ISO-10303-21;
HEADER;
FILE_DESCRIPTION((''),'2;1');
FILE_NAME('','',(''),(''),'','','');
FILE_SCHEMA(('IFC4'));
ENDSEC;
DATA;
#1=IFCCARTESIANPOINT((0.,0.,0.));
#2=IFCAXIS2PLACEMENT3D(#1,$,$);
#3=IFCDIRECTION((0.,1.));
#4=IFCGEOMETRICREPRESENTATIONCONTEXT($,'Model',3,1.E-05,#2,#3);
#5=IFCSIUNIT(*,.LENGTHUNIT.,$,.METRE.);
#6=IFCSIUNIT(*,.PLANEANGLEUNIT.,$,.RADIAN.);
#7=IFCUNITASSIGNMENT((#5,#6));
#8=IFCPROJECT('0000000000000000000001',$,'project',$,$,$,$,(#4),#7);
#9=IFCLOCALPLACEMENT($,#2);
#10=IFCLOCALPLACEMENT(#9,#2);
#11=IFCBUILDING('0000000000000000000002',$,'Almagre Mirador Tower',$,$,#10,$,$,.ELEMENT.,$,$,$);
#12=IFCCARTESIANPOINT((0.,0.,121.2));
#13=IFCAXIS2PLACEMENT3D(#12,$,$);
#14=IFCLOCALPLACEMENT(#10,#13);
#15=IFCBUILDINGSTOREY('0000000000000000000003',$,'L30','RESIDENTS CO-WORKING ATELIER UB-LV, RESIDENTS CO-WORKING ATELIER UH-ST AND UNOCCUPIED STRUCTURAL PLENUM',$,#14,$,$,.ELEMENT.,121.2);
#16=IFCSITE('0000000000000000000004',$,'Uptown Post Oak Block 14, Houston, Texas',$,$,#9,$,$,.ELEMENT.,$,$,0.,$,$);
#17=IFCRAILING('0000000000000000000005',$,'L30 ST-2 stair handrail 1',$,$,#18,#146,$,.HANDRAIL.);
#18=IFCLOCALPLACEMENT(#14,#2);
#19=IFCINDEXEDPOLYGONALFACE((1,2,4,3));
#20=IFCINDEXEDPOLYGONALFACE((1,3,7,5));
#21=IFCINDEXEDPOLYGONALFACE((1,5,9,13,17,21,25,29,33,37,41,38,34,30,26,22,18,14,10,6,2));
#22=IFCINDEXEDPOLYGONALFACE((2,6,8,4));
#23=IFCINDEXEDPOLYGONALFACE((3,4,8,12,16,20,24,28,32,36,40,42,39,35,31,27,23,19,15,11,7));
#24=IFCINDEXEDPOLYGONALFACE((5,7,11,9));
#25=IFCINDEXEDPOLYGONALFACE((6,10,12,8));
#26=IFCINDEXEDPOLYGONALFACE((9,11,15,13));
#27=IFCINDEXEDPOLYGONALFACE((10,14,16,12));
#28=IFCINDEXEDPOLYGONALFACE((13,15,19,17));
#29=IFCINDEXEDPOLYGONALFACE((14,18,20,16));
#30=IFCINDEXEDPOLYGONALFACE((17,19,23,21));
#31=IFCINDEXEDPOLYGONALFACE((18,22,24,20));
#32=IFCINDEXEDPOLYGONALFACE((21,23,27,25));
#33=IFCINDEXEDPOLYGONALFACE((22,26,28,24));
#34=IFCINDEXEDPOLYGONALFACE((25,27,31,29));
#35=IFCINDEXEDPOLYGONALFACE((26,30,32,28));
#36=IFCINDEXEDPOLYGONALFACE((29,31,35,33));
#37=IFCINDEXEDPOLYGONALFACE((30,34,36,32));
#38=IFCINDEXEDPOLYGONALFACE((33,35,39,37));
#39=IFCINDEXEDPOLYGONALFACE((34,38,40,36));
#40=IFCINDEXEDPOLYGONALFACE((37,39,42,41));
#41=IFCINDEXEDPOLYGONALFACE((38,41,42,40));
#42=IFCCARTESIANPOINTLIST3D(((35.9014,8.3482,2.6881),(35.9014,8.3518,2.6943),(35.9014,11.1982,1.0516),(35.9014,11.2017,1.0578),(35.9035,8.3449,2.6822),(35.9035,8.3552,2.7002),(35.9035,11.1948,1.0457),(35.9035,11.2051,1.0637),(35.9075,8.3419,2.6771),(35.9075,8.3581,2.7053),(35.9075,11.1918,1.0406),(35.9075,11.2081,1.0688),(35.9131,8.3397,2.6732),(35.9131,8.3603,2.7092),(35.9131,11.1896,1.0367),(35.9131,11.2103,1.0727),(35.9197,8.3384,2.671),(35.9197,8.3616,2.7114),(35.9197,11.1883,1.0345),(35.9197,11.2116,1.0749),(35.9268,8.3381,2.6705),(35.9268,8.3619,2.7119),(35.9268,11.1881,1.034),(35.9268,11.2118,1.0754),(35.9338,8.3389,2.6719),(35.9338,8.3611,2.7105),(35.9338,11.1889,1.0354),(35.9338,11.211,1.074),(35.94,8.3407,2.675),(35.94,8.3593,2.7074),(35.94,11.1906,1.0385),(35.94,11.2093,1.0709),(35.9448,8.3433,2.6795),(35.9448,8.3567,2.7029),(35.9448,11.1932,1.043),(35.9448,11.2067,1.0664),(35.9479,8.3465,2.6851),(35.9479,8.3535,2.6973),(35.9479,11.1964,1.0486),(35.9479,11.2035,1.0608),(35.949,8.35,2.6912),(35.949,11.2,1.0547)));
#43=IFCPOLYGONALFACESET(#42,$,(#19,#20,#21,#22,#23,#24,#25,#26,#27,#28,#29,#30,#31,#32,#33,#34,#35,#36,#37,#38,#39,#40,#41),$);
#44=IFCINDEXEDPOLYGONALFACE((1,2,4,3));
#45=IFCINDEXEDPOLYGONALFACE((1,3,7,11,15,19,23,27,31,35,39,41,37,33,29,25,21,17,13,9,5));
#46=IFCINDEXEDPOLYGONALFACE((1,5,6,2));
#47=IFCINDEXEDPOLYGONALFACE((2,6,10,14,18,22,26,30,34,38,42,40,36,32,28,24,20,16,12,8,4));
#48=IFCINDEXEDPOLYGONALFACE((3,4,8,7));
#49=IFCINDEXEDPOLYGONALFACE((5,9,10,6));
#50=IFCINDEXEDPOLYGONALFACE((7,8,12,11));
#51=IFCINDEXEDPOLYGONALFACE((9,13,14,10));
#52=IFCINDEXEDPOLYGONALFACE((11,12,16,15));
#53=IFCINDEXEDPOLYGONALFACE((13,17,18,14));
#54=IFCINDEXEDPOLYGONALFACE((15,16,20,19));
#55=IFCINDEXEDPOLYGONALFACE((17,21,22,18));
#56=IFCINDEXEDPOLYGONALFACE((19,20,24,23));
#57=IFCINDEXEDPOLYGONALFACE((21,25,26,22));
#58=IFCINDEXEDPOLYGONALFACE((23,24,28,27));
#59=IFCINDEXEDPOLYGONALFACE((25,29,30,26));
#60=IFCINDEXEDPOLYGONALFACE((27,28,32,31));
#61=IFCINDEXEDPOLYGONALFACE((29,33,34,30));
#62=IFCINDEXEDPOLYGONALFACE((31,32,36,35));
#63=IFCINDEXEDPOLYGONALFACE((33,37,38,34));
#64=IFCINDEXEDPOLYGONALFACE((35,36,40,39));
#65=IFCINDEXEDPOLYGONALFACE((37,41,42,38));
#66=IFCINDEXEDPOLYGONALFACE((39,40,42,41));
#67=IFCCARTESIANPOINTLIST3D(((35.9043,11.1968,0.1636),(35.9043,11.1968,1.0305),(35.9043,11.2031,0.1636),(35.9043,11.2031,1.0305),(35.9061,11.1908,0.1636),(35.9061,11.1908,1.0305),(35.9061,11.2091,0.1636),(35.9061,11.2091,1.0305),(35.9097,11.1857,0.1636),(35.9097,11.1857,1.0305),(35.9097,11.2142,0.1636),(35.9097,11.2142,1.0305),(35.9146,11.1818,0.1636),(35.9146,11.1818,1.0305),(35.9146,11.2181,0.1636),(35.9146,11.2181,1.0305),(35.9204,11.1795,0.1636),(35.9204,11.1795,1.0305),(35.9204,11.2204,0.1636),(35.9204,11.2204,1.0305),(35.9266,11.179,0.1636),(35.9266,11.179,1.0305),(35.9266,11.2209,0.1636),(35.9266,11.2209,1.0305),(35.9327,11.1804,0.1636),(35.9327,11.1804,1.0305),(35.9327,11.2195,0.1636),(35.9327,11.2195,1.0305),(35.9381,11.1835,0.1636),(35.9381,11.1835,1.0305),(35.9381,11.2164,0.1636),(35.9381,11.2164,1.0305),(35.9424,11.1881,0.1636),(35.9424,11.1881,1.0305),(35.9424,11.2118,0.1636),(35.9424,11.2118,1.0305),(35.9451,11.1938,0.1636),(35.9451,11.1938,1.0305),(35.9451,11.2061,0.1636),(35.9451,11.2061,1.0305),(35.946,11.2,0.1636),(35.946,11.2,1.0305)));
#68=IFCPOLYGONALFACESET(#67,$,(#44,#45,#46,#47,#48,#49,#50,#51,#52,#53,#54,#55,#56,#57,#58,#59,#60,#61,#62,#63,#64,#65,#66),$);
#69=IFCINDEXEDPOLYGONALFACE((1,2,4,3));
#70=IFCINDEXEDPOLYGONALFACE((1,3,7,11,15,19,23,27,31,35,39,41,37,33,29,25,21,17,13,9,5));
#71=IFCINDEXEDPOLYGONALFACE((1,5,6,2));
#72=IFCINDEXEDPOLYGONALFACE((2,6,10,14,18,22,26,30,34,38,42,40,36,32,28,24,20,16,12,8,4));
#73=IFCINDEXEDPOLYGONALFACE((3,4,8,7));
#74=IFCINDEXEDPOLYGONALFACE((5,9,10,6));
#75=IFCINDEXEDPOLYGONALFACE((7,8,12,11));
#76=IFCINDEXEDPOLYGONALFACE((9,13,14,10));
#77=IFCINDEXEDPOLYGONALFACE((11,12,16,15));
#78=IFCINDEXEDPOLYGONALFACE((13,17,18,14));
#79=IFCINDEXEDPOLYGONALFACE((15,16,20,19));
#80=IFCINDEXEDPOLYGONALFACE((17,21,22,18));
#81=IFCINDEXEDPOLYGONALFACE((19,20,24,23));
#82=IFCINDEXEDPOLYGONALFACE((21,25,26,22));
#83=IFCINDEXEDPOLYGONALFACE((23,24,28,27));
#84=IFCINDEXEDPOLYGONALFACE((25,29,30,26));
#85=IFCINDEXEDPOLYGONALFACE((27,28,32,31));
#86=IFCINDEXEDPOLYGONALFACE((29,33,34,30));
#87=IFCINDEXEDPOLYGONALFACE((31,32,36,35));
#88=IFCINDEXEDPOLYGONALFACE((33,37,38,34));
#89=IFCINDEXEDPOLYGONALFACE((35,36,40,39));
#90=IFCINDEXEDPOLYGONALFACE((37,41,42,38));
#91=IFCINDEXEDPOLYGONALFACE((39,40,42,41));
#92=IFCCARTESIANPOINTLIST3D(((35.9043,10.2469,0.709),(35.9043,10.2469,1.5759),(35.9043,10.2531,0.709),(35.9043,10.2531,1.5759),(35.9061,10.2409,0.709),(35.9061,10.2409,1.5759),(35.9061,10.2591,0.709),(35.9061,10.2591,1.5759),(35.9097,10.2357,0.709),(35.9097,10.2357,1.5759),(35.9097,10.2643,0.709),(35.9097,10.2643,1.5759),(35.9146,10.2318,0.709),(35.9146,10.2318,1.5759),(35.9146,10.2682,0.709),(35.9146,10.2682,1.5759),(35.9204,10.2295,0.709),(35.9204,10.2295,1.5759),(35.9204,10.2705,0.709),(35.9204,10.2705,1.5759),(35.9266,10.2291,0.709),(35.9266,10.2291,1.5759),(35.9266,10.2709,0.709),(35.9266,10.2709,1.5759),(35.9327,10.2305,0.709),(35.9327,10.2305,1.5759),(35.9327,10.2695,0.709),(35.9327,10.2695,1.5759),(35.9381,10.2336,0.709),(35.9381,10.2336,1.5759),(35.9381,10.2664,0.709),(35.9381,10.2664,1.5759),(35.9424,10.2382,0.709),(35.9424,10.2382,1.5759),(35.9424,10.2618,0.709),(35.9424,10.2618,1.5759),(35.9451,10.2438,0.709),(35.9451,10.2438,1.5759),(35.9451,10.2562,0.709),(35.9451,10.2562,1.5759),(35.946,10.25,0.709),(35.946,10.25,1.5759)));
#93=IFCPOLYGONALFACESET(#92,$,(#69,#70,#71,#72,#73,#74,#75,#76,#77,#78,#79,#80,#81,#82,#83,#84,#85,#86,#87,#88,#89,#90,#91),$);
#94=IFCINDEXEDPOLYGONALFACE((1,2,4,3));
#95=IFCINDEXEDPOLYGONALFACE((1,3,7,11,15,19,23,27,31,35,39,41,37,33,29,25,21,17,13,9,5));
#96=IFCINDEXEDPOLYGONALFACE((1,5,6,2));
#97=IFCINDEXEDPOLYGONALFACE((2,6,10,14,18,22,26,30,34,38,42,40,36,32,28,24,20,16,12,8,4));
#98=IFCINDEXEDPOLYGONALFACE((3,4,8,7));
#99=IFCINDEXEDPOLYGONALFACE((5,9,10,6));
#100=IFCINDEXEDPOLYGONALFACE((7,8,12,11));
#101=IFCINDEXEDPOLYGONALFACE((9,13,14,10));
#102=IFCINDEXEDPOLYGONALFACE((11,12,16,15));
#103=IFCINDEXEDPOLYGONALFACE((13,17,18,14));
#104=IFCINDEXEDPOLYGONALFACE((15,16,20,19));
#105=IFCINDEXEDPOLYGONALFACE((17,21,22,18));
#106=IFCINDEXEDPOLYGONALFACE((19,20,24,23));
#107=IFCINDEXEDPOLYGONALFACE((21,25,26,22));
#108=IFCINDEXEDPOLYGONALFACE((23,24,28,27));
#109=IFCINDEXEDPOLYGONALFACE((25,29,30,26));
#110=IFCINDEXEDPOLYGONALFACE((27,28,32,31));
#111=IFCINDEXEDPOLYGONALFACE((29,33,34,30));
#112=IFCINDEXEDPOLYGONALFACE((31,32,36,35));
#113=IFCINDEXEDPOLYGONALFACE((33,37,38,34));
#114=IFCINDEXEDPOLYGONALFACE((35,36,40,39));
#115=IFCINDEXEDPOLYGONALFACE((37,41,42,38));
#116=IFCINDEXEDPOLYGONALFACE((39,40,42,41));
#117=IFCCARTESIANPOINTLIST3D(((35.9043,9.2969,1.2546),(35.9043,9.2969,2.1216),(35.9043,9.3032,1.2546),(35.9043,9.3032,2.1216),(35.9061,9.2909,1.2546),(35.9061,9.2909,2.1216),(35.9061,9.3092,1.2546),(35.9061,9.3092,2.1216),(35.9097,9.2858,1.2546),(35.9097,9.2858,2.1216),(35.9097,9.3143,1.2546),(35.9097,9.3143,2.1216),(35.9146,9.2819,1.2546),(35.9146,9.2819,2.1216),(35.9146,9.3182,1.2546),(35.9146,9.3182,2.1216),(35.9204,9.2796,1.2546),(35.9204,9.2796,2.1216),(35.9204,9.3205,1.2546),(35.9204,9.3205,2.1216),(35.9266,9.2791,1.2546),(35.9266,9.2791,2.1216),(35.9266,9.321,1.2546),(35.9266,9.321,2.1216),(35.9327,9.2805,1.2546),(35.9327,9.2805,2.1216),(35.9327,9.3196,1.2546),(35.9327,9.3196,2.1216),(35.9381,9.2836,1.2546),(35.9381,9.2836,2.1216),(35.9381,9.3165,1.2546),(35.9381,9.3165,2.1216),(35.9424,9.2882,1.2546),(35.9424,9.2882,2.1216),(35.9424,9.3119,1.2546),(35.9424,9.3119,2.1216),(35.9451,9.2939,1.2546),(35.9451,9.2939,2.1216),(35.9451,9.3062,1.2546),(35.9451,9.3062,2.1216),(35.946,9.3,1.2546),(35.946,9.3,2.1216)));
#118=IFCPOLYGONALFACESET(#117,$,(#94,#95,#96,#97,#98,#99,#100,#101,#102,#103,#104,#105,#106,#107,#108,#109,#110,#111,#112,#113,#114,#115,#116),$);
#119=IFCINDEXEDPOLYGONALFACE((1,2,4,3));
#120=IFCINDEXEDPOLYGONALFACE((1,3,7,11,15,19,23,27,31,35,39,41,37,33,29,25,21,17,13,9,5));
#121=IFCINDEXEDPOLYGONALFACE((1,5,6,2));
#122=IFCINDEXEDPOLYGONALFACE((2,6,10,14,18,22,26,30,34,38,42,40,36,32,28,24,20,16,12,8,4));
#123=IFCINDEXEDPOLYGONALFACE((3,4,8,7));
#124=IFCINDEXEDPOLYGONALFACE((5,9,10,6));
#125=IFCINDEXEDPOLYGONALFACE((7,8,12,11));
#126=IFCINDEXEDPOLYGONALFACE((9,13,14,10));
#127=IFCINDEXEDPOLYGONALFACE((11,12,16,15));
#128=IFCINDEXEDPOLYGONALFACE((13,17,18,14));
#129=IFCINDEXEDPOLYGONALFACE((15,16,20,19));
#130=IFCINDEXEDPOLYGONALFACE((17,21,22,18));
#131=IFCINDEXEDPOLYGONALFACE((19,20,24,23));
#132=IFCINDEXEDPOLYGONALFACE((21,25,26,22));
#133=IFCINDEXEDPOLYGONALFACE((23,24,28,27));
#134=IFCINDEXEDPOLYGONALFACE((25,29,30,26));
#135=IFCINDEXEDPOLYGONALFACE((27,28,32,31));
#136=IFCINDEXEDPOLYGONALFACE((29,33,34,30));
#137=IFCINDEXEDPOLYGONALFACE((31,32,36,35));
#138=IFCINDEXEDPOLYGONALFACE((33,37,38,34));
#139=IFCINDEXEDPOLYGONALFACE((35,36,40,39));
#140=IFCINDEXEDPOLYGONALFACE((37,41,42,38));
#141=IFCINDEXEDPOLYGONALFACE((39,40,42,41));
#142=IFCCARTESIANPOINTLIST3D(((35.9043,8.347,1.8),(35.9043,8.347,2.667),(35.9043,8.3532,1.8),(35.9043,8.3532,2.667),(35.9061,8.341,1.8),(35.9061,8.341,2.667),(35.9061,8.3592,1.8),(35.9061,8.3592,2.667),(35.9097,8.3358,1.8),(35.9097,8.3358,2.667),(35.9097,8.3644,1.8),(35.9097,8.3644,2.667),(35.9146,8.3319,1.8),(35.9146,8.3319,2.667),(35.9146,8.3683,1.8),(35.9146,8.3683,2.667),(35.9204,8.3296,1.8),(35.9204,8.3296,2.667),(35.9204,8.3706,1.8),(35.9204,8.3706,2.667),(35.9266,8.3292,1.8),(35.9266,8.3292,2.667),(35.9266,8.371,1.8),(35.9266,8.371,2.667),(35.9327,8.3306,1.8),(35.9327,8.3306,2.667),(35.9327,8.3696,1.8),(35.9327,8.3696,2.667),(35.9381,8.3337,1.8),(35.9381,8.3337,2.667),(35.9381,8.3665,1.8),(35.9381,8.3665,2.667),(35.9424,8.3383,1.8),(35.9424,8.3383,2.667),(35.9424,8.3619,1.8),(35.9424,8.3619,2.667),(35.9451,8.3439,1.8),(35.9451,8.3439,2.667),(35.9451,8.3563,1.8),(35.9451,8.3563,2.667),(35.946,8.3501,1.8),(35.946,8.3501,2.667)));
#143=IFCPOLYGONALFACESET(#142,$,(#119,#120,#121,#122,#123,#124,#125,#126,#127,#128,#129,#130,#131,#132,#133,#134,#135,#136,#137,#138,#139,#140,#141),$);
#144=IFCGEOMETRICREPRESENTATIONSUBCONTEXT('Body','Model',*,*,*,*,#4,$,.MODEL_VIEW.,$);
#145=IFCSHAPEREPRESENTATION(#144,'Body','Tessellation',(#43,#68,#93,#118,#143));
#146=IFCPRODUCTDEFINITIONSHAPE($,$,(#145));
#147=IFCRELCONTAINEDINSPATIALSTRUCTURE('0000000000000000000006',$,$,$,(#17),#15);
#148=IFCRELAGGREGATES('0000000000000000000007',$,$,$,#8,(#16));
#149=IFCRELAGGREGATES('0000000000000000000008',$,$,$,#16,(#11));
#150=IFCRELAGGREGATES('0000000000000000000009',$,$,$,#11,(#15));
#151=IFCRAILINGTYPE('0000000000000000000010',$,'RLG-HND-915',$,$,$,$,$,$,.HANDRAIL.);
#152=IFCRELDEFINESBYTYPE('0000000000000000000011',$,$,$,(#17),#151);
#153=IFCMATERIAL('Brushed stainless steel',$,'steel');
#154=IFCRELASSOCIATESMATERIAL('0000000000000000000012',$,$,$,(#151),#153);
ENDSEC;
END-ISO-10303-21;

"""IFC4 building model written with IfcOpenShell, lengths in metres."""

from ifc_helpers import new_model, si_unit, direction, frame, origin, origin_2d, place, context, subcontext, project, spatial, circle, extrude, material, type_object, element, save


model = new_model("IFC4")

# Units and contexts
model_context = context("Model", 3, precision=1e-05, world=origin(), true_north=direction((0.0, 1.0)))
body_context = subcontext(model_context, "Body", "Model", "MODEL_VIEW")
ifc_project = project(units=[si_unit("LENGTHUNIT", "METRE"), si_unit("PLANEANGLEUNIT", "RADIAN")], contexts=[model_context])

# Site, building, storey
site_placement = place(None, origin())
site = spatial("IfcSite", under=ifc_project, at=site_placement, Name="Uptown Post Oak Block 14, Houston, Texas", CompositionType="ELEMENT", RefElevation=0.0)
building_placement = place(site_placement, origin())
building = spatial("IfcBuilding", under=site, at=building_placement, Name="Almagre Mirador Tower", CompositionType="ELEMENT")
storey_placement = place(building_placement, frame((0.0, 0.0, 121.2)))
storey = spatial("IfcBuildingStorey", under=building, at=storey_placement, Name="L30", Description="RESIDENTS CO-WORKING ATELIER UB-LV, RESIDENTS CO-WORKING ATELIER UH-ST AND UNOCCUPIED STRUCTURAL PLENUM", CompositionType="ELEMENT", Elevation=121.2)

# Railing
ifc_material_1 = material(Name="Brushed stainless steel", Category="steel")
railing_type_1 = type_object("IfcRailingType", Name="RLG-HND-915", PredefinedType="HANDRAIL", material=ifc_material_1)
railing_1_placement = place(storey_placement, frame((35.925, 11.2, 0.1636)))
element("IfcRailing", 1, at=railing_1_placement, inside=storey, type_object=railing_type_1, Name="L30 ST-2 stair handrail 1", PredefinedType="HANDRAIL", context=body_context, shape_type="SweptSolid", body=[
    extrude(circle(Radius=0.0239, at=origin_2d()), frame((0.0, 0.0, 0.8911), z_axis=(0.0, -0.867194, 0.49797), x_axis=(1.0, 0.0, 0.0)), (0.0, 0.0, 1.0), 3.2864),
    extrude(circle(Radius=0.021, at=origin_2d()), origin(), (0.0, 0.0, 1.0), 0.8669),
    extrude(circle(Radius=0.021, at=origin_2d()), frame((0.0, -0.95, 0.5454)), (0.0, 0.0, 1.0), 0.8669),
    extrude(circle(Radius=0.021, at=origin_2d()), frame((0.0, -1.8999, 1.0911)), (0.0, 0.0, 1.0), 0.8669),
    extrude(circle(Radius=0.021, at=origin_2d()), frame((0.0, -2.8499, 1.6365)), (0.0, 0.0, 1.0), 0.8669),
])

save(model, "model.ifc")
